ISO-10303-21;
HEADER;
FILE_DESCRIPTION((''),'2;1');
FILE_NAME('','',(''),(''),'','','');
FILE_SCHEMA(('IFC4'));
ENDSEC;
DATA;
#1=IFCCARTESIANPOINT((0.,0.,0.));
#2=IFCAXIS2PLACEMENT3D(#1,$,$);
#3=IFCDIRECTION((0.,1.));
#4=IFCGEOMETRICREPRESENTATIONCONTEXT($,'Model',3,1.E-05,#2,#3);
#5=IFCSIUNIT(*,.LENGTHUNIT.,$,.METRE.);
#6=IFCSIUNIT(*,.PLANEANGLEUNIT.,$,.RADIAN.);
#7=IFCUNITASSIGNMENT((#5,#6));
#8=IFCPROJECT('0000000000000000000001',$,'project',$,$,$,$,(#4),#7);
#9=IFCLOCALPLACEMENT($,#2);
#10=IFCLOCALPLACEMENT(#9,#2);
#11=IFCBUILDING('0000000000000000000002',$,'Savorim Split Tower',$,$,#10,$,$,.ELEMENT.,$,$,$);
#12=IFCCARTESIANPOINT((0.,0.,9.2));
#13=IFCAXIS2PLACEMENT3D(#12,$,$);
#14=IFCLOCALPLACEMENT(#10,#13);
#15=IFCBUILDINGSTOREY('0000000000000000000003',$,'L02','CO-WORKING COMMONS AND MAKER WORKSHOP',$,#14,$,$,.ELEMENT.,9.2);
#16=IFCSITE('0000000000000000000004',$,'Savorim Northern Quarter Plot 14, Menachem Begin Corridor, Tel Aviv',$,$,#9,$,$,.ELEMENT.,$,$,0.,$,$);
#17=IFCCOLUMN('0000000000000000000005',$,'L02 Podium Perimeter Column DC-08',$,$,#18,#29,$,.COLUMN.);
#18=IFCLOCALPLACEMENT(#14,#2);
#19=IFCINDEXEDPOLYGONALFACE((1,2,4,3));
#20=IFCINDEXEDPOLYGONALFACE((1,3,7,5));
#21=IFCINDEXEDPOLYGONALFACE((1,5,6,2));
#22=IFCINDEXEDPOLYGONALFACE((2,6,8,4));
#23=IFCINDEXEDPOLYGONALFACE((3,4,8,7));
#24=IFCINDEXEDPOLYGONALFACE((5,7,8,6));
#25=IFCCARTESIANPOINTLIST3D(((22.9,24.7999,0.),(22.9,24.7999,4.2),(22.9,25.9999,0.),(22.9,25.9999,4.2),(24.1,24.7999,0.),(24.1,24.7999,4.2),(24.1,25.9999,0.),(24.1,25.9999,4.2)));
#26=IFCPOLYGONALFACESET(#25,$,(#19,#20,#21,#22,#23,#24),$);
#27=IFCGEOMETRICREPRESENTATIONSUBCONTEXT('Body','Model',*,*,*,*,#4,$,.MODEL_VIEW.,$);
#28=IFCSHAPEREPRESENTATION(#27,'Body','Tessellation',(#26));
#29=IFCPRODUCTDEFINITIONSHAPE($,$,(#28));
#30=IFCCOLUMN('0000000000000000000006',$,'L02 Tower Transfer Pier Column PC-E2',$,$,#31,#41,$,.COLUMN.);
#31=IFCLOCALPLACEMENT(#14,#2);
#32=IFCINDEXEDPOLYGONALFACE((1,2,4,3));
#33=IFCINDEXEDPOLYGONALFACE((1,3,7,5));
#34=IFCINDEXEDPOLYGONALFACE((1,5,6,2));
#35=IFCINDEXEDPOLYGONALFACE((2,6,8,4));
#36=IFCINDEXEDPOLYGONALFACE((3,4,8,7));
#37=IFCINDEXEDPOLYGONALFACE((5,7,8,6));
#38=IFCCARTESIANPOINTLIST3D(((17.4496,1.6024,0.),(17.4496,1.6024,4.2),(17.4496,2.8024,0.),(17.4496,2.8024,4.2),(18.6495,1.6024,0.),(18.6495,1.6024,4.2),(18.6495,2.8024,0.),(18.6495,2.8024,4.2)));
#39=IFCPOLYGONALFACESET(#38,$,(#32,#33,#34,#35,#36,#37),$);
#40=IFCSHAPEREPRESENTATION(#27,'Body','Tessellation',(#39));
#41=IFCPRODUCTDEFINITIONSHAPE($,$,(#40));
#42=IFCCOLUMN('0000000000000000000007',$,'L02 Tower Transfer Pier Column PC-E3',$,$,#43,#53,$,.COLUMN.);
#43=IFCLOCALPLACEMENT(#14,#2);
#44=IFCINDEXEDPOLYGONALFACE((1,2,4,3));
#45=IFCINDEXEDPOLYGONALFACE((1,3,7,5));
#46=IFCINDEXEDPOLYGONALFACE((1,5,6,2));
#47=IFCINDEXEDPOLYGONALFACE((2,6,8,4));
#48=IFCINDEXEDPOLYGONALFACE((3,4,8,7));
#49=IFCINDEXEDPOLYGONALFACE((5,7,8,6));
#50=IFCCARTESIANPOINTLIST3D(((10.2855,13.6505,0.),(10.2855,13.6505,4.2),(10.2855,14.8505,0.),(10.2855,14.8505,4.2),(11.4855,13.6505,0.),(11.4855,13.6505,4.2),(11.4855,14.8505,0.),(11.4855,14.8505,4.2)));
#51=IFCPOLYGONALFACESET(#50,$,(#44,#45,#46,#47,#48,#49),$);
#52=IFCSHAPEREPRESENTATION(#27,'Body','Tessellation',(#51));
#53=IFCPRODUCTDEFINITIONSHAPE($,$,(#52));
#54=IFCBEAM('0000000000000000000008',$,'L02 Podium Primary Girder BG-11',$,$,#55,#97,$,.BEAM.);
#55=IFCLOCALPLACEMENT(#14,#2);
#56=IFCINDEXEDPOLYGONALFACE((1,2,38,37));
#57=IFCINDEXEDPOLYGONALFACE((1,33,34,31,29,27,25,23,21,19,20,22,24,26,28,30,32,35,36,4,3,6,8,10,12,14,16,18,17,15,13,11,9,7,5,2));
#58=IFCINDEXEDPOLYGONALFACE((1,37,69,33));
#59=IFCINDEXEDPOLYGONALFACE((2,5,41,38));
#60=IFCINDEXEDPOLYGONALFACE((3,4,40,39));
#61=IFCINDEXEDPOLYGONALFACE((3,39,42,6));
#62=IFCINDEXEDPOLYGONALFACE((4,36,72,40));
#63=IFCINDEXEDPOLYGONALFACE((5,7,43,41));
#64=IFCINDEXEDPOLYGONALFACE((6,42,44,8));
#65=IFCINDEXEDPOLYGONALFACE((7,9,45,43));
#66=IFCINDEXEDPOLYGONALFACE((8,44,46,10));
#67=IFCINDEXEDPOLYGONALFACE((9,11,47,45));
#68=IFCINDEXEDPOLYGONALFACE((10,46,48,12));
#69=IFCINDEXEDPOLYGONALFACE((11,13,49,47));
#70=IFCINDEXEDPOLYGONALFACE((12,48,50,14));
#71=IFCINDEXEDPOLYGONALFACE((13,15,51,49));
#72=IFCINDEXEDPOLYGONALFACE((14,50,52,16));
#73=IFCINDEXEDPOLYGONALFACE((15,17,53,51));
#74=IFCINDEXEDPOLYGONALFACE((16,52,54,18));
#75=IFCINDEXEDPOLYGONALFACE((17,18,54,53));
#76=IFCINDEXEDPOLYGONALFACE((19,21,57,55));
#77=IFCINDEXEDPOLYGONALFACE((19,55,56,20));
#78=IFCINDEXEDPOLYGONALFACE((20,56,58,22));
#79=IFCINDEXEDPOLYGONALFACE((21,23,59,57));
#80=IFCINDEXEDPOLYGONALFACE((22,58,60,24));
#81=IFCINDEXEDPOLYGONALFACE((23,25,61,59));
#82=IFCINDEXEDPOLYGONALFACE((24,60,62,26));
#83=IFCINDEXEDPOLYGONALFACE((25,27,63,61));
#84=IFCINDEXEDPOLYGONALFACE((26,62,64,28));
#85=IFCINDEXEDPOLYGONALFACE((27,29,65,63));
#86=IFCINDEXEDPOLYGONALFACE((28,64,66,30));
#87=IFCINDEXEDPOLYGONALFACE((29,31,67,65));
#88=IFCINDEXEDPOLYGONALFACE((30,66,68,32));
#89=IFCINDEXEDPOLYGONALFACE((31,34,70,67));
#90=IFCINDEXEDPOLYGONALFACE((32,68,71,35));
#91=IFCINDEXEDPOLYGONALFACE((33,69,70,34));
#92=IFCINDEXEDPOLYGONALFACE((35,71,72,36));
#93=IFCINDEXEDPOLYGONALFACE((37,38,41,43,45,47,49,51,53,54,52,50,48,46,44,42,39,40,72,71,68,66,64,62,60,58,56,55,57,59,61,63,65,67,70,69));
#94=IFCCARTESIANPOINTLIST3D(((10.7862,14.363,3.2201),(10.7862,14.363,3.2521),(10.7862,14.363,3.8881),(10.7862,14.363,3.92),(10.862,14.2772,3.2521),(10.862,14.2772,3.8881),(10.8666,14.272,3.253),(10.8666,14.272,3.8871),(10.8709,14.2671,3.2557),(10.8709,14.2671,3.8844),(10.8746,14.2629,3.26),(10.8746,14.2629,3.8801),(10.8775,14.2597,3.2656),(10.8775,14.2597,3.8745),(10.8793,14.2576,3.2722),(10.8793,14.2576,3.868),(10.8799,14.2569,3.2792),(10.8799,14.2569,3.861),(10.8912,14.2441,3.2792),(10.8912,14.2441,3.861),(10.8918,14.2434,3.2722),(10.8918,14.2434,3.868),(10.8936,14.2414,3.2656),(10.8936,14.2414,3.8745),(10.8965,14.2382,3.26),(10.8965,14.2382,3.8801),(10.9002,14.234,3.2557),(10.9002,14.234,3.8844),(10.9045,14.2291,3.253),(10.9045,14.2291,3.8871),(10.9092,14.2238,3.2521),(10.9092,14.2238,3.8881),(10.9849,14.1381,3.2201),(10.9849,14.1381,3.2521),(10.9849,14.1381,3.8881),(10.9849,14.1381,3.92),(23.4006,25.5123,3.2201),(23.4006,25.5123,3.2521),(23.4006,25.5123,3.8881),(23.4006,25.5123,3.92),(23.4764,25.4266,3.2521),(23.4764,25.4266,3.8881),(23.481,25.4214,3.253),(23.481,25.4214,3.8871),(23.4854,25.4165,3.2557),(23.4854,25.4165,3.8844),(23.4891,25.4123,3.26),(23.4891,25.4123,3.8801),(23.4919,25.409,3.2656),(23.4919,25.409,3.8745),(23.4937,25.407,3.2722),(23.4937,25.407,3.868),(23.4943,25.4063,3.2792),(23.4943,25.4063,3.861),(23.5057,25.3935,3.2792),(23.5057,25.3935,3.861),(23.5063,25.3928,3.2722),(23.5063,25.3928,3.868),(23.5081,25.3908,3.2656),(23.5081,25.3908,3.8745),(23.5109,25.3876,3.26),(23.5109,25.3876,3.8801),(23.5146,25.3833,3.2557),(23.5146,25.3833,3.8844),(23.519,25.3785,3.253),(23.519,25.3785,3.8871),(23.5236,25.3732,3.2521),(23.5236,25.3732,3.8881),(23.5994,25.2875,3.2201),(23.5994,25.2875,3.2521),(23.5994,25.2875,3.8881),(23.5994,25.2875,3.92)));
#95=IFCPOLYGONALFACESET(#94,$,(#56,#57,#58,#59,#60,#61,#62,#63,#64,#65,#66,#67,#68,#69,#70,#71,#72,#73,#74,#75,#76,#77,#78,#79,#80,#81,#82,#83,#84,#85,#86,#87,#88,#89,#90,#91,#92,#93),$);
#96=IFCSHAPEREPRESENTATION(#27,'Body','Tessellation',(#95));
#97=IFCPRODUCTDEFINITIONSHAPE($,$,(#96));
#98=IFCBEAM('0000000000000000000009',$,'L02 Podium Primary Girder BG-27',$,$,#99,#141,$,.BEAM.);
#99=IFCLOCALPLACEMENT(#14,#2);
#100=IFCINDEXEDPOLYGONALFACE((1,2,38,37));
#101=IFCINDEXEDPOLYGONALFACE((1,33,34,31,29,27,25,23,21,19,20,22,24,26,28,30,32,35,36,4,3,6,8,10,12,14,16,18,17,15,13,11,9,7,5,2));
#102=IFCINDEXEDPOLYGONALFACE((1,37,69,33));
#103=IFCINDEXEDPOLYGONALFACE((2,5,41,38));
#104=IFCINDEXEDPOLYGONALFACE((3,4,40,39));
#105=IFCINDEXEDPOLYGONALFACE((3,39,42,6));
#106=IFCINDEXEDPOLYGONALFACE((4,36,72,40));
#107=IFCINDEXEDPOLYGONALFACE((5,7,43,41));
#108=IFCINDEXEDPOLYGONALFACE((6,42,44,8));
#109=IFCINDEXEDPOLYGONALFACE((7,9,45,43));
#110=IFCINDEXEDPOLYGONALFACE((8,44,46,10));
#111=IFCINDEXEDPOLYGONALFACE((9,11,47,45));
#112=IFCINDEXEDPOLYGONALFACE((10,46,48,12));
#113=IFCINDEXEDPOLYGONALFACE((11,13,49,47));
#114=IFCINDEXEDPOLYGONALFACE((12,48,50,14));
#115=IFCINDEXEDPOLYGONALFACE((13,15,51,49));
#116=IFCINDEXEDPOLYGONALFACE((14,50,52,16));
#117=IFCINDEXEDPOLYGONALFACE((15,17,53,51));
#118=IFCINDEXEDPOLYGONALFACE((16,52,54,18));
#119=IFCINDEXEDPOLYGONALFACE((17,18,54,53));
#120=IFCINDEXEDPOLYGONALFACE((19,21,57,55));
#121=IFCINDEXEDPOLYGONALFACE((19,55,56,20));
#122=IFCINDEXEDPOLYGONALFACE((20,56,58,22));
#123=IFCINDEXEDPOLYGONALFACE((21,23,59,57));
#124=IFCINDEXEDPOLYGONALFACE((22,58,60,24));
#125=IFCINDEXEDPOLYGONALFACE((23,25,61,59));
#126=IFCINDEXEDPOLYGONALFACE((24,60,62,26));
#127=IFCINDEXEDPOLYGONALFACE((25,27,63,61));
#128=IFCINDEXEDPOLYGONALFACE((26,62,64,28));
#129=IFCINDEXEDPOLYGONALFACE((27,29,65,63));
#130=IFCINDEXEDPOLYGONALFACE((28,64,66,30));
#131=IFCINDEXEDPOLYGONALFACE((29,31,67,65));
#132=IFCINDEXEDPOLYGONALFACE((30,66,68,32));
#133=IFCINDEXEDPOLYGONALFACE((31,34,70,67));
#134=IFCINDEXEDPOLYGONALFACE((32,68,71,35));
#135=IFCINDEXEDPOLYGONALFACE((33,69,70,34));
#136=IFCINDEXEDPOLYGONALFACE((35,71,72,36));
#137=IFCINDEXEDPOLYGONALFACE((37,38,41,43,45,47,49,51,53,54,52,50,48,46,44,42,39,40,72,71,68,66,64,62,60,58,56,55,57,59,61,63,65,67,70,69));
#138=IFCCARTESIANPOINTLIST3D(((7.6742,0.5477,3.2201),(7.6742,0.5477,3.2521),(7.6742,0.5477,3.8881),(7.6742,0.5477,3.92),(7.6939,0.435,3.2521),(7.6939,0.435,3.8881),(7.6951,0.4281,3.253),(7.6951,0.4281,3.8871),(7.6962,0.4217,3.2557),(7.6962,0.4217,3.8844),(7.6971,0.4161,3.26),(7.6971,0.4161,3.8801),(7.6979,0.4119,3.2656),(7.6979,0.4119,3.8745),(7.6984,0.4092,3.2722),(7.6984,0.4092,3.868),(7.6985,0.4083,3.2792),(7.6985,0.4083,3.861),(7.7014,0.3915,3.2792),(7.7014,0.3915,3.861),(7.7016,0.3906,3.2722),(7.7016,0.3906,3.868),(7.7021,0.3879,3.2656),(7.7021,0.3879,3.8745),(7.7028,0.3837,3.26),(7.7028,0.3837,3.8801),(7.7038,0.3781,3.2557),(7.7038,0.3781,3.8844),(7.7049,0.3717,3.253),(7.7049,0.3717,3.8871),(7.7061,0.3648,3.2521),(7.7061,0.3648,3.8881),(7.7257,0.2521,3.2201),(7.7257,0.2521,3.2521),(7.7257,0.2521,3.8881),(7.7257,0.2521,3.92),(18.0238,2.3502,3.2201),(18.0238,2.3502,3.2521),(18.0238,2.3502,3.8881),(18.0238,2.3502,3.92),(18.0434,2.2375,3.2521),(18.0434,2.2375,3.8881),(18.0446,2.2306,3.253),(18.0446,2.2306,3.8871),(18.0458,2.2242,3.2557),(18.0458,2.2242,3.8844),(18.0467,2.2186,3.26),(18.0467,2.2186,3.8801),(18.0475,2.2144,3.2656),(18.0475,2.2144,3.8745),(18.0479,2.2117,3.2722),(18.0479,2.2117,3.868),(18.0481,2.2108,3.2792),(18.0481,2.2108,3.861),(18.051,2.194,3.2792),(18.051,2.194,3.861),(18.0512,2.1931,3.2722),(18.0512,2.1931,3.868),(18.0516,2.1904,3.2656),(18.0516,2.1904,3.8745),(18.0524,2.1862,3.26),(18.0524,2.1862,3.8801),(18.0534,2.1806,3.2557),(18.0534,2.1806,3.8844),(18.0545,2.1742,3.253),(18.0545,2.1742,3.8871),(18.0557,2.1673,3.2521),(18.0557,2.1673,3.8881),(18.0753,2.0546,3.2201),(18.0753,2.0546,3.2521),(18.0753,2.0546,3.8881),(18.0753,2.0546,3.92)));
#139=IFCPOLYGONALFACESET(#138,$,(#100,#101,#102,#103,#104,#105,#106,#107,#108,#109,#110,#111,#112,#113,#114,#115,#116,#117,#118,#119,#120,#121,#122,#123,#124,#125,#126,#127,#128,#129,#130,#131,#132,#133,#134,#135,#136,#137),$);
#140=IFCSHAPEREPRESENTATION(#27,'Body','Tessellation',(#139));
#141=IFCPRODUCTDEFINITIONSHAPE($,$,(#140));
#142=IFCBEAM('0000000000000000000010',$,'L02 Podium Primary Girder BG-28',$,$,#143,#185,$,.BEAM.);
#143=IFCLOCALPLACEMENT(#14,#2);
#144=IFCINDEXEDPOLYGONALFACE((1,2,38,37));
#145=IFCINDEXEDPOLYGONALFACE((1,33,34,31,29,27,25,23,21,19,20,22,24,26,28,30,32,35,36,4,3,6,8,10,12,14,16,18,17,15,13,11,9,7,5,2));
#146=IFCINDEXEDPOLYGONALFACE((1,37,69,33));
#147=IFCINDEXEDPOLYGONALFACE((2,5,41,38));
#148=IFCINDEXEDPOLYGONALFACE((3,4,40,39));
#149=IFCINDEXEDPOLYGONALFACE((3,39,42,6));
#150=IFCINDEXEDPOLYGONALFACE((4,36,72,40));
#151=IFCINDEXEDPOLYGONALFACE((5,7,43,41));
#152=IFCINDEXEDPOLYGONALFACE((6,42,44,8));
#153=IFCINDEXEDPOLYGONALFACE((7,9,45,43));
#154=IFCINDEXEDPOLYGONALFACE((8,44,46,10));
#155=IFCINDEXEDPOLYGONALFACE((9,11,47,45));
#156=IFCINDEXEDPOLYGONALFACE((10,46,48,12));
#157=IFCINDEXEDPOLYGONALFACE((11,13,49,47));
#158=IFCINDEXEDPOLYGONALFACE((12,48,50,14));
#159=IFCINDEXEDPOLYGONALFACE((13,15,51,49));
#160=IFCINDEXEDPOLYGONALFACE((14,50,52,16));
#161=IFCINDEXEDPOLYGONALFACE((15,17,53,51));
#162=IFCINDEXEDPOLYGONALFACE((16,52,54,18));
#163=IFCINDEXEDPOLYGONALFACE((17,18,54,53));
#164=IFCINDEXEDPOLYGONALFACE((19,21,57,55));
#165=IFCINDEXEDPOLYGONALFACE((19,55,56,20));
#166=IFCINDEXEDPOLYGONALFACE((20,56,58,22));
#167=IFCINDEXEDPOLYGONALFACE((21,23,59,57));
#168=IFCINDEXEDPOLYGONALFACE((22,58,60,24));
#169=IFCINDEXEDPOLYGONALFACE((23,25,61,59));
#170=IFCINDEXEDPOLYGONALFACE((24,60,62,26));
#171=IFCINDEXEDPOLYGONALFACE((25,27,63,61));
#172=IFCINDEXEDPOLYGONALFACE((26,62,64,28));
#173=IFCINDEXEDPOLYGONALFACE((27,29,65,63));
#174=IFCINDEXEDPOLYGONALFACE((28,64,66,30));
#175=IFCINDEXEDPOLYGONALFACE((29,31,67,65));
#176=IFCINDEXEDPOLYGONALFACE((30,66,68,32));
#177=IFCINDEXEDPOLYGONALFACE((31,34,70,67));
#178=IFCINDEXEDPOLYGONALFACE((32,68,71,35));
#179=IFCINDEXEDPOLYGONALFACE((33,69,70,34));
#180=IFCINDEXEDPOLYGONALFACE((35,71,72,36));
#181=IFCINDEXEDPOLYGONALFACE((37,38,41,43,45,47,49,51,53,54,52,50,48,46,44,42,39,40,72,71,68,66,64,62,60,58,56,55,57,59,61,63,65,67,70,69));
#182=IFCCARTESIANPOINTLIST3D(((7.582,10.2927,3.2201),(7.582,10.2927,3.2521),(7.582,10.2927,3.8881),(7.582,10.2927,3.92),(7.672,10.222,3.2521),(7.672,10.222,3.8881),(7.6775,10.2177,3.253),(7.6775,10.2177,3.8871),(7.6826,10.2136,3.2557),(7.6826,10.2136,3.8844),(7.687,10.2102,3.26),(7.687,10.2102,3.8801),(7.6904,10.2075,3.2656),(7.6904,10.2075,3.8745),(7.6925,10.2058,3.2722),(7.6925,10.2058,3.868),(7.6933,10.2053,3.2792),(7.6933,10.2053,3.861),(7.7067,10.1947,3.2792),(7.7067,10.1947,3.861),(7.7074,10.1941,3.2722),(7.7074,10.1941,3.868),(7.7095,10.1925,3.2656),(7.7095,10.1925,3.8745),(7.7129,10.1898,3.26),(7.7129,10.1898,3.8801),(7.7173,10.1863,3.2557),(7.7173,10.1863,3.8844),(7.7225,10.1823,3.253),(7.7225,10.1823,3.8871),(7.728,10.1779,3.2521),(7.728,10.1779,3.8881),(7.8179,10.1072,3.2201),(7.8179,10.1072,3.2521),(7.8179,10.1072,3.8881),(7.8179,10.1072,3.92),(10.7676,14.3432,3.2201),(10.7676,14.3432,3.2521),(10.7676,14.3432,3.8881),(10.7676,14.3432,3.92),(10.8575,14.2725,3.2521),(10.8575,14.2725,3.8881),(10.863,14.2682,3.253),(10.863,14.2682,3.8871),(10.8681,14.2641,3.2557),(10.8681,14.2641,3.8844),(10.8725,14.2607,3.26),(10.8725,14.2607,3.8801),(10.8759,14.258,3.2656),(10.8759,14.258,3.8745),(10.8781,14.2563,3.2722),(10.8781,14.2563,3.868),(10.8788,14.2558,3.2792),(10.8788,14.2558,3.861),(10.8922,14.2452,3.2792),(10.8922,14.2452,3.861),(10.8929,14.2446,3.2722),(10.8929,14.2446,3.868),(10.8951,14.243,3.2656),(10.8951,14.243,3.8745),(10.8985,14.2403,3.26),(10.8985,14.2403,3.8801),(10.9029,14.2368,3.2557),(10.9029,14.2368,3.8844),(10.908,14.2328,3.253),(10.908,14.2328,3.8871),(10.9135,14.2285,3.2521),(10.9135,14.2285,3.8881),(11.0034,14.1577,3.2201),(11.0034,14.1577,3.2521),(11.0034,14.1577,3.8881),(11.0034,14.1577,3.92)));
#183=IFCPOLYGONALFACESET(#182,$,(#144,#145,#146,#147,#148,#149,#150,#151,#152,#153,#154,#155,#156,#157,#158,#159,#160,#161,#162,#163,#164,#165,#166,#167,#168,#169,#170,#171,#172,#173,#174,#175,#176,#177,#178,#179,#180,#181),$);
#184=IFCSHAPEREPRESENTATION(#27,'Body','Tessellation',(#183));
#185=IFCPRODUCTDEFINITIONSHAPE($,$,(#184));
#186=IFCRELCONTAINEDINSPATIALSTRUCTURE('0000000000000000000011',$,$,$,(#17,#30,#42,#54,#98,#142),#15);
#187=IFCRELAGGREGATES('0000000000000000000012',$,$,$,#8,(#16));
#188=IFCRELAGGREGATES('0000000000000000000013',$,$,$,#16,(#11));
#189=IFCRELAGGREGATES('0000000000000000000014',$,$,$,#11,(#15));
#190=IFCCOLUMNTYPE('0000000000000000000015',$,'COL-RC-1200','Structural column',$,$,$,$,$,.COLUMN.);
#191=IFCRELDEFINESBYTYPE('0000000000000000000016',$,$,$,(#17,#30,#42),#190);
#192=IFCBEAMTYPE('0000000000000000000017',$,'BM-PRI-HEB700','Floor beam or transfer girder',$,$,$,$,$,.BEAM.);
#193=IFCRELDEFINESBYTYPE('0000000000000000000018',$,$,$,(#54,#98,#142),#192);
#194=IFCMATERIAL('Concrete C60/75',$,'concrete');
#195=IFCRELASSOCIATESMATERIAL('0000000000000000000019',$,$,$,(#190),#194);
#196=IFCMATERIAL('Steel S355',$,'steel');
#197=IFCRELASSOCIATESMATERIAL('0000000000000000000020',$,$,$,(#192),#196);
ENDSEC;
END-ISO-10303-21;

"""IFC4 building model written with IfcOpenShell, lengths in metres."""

from ifc_helpers import new_model, si_unit, direction, frame, origin, origin_2d, place, context, subcontext, project, spatial, rectangle, i_section, extrude, material, material_profile, profile_set, type_object, element, save


model = new_model("IFC4")

# Units and contexts
model_context = context("Model", 3, precision=1e-05, world=origin(), true_north=direction((0.0, 1.0)))
body_context = subcontext(model_context, "Body", "Model", "MODEL_VIEW")
ifc_project = project(units=[si_unit("LENGTHUNIT", "METRE"), si_unit("PLANEANGLEUNIT", "RADIAN")], contexts=[model_context])

# Site, building, storey
site_placement = place(None, origin())
site = spatial("IfcSite", under=ifc_project, at=site_placement, Name="Savorim Northern Quarter Plot 14, Menachem Begin Corridor, Tel Aviv", CompositionType="ELEMENT", RefElevation=0.0)
building_placement = place(site_placement, origin())
building = spatial("IfcBuilding", under=site, at=building_placement, Name="Savorim Split Tower", CompositionType="ELEMENT")
storey_placement = place(building_placement, frame((0.0, 0.0, 9.2)))
storey = spatial("IfcBuildingStorey", under=building, at=storey_placement, Name="L02", Description="CO-WORKING COMMONS AND MAKER WORKSHOP", CompositionType="ELEMENT", Elevation=9.2)

# Columns
ifc_material_1 = material(Name="Concrete C60/75", Category="concrete")
ifc_material_profile_1 = material_profile(ifc_material_1, rectangle(XDim=1.2, YDim=1.2, at=origin_2d()), Name="RC 1200x1200")
ifc_profile_set_1 = profile_set([ifc_material_profile_1], Name="Concrete C60/75")
column_type = type_object("IfcColumnType", Name="COL-RC-1200", Description="Structural column", PredefinedType="COLUMN", material=ifc_profile_set_1)
for number, where, z_axis, x_axis, name in (
    (1, (23.5, 25.3999, 0.0), (0.0, 0.0, 1.0), (1.0, 0.0, 0.0), "L02 Podium Perimeter Column DC-08"),
    (2, (18.0496, 2.2024, 0.0), (0.0, 0.0, 1.0), (1.0, 0.0, 0.0), "L02 Tower Transfer Pier Column PC-E2"),
    (3, (10.8855, 14.2505, 0.0), (0.0, 0.0, 1.0), (1.0, 0.0, 0.0), "L02 Tower Transfer Pier Column PC-E3"),
):
    element("IfcColumn", number, at=place(storey_placement, frame(where, z_axis=z_axis, x_axis=x_axis)), inside=storey, type_object=column_type, Name=name, PredefinedType="COLUMN", context=body_context, shape_type="SweptSolid", body=[
        extrude(rectangle(XDim=1.2, YDim=1.2, at=origin_2d()), origin(), (0.0, 0.0, 1.0), 4.2),
    ])

# Beams
ifc_material_2 = material(Name="Steel S355", Category="steel")
ifc_material_profile_2 = material_profile(ifc_material_2, i_section(OverallWidth=0.3, OverallDepth=0.7, WebThickness=0.0171, FlangeThickness=0.032, FilletRadius=0.0271, at=origin_2d()), Name="HEB 700")
ifc_profile_set_2 = profile_set([ifc_material_profile_2], Name="Steel S355")
beam_type_1 = type_object("IfcBeamType", Name="BM-PRI-HEB700", Description="Floor beam or transfer girder", PredefinedType="BEAM", material=ifc_profile_set_2)
beam_1_placement = place(storey_placement, frame((23.5, 25.3999, 3.5701), z_axis=(-0.749279, -0.662255, 0.0), x_axis=(0.662255, -0.749279, 0.0)))
element("IfcBeam", 4, at=beam_1_placement, inside=storey, type_object=beam_type_1, Name="L02 Podium Primary Girder BG-11", PredefinedType="BEAM", context=body_context, shape_type="SweptSolid", body=[
    extrude(i_section(OverallWidth=0.3, OverallDepth=0.7, WebThickness=0.0171, FlangeThickness=0.032, FilletRadius=0.0271, at=origin_2d()), origin(), (0.0, 0.0, 1.0), 16.8354),
])
beam_2_placement = place(storey_placement, frame((18.0496, 2.2024, 3.5701), z_axis=(-0.985171, -0.171578, 0.0), x_axis=(0.171578, -0.985171, 0.0)))
element("IfcBeam", 5, at=beam_2_placement, inside=storey, type_object=beam_type_1, Name="L02 Podium Primary Girder BG-27", PredefinedType="BEAM", context=body_context, shape_type="SweptSolid", body=[
    extrude(i_section(OverallWidth=0.3, OverallDepth=0.7, WebThickness=0.0171, FlangeThickness=0.032, FilletRadius=0.0271, at=origin_2d()), origin(), (0.0, 0.0, 1.0), 10.5054),
])
beam_3_placement = place(storey_placement, frame((10.8855, 14.2505, 3.5701), z_axis=(-0.618179, -0.786037, 0.0), x_axis=(0.786037, -0.618179, 0.0)))
element("IfcBeam", 6, at=beam_3_placement, inside=storey, type_object=beam_type_1, Name="L02 Podium Primary Girder BG-28", PredefinedType="BEAM", context=body_context, shape_type="SweptSolid", body=[
    extrude(i_section(OverallWidth=0.3, OverallDepth=0.7, WebThickness=0.0171, FlangeThickness=0.032, FilletRadius=0.0271, at=origin_2d()), origin(), (0.0, 0.0, 1.0), 5.1531),
])

save(model, "model.ifc")
